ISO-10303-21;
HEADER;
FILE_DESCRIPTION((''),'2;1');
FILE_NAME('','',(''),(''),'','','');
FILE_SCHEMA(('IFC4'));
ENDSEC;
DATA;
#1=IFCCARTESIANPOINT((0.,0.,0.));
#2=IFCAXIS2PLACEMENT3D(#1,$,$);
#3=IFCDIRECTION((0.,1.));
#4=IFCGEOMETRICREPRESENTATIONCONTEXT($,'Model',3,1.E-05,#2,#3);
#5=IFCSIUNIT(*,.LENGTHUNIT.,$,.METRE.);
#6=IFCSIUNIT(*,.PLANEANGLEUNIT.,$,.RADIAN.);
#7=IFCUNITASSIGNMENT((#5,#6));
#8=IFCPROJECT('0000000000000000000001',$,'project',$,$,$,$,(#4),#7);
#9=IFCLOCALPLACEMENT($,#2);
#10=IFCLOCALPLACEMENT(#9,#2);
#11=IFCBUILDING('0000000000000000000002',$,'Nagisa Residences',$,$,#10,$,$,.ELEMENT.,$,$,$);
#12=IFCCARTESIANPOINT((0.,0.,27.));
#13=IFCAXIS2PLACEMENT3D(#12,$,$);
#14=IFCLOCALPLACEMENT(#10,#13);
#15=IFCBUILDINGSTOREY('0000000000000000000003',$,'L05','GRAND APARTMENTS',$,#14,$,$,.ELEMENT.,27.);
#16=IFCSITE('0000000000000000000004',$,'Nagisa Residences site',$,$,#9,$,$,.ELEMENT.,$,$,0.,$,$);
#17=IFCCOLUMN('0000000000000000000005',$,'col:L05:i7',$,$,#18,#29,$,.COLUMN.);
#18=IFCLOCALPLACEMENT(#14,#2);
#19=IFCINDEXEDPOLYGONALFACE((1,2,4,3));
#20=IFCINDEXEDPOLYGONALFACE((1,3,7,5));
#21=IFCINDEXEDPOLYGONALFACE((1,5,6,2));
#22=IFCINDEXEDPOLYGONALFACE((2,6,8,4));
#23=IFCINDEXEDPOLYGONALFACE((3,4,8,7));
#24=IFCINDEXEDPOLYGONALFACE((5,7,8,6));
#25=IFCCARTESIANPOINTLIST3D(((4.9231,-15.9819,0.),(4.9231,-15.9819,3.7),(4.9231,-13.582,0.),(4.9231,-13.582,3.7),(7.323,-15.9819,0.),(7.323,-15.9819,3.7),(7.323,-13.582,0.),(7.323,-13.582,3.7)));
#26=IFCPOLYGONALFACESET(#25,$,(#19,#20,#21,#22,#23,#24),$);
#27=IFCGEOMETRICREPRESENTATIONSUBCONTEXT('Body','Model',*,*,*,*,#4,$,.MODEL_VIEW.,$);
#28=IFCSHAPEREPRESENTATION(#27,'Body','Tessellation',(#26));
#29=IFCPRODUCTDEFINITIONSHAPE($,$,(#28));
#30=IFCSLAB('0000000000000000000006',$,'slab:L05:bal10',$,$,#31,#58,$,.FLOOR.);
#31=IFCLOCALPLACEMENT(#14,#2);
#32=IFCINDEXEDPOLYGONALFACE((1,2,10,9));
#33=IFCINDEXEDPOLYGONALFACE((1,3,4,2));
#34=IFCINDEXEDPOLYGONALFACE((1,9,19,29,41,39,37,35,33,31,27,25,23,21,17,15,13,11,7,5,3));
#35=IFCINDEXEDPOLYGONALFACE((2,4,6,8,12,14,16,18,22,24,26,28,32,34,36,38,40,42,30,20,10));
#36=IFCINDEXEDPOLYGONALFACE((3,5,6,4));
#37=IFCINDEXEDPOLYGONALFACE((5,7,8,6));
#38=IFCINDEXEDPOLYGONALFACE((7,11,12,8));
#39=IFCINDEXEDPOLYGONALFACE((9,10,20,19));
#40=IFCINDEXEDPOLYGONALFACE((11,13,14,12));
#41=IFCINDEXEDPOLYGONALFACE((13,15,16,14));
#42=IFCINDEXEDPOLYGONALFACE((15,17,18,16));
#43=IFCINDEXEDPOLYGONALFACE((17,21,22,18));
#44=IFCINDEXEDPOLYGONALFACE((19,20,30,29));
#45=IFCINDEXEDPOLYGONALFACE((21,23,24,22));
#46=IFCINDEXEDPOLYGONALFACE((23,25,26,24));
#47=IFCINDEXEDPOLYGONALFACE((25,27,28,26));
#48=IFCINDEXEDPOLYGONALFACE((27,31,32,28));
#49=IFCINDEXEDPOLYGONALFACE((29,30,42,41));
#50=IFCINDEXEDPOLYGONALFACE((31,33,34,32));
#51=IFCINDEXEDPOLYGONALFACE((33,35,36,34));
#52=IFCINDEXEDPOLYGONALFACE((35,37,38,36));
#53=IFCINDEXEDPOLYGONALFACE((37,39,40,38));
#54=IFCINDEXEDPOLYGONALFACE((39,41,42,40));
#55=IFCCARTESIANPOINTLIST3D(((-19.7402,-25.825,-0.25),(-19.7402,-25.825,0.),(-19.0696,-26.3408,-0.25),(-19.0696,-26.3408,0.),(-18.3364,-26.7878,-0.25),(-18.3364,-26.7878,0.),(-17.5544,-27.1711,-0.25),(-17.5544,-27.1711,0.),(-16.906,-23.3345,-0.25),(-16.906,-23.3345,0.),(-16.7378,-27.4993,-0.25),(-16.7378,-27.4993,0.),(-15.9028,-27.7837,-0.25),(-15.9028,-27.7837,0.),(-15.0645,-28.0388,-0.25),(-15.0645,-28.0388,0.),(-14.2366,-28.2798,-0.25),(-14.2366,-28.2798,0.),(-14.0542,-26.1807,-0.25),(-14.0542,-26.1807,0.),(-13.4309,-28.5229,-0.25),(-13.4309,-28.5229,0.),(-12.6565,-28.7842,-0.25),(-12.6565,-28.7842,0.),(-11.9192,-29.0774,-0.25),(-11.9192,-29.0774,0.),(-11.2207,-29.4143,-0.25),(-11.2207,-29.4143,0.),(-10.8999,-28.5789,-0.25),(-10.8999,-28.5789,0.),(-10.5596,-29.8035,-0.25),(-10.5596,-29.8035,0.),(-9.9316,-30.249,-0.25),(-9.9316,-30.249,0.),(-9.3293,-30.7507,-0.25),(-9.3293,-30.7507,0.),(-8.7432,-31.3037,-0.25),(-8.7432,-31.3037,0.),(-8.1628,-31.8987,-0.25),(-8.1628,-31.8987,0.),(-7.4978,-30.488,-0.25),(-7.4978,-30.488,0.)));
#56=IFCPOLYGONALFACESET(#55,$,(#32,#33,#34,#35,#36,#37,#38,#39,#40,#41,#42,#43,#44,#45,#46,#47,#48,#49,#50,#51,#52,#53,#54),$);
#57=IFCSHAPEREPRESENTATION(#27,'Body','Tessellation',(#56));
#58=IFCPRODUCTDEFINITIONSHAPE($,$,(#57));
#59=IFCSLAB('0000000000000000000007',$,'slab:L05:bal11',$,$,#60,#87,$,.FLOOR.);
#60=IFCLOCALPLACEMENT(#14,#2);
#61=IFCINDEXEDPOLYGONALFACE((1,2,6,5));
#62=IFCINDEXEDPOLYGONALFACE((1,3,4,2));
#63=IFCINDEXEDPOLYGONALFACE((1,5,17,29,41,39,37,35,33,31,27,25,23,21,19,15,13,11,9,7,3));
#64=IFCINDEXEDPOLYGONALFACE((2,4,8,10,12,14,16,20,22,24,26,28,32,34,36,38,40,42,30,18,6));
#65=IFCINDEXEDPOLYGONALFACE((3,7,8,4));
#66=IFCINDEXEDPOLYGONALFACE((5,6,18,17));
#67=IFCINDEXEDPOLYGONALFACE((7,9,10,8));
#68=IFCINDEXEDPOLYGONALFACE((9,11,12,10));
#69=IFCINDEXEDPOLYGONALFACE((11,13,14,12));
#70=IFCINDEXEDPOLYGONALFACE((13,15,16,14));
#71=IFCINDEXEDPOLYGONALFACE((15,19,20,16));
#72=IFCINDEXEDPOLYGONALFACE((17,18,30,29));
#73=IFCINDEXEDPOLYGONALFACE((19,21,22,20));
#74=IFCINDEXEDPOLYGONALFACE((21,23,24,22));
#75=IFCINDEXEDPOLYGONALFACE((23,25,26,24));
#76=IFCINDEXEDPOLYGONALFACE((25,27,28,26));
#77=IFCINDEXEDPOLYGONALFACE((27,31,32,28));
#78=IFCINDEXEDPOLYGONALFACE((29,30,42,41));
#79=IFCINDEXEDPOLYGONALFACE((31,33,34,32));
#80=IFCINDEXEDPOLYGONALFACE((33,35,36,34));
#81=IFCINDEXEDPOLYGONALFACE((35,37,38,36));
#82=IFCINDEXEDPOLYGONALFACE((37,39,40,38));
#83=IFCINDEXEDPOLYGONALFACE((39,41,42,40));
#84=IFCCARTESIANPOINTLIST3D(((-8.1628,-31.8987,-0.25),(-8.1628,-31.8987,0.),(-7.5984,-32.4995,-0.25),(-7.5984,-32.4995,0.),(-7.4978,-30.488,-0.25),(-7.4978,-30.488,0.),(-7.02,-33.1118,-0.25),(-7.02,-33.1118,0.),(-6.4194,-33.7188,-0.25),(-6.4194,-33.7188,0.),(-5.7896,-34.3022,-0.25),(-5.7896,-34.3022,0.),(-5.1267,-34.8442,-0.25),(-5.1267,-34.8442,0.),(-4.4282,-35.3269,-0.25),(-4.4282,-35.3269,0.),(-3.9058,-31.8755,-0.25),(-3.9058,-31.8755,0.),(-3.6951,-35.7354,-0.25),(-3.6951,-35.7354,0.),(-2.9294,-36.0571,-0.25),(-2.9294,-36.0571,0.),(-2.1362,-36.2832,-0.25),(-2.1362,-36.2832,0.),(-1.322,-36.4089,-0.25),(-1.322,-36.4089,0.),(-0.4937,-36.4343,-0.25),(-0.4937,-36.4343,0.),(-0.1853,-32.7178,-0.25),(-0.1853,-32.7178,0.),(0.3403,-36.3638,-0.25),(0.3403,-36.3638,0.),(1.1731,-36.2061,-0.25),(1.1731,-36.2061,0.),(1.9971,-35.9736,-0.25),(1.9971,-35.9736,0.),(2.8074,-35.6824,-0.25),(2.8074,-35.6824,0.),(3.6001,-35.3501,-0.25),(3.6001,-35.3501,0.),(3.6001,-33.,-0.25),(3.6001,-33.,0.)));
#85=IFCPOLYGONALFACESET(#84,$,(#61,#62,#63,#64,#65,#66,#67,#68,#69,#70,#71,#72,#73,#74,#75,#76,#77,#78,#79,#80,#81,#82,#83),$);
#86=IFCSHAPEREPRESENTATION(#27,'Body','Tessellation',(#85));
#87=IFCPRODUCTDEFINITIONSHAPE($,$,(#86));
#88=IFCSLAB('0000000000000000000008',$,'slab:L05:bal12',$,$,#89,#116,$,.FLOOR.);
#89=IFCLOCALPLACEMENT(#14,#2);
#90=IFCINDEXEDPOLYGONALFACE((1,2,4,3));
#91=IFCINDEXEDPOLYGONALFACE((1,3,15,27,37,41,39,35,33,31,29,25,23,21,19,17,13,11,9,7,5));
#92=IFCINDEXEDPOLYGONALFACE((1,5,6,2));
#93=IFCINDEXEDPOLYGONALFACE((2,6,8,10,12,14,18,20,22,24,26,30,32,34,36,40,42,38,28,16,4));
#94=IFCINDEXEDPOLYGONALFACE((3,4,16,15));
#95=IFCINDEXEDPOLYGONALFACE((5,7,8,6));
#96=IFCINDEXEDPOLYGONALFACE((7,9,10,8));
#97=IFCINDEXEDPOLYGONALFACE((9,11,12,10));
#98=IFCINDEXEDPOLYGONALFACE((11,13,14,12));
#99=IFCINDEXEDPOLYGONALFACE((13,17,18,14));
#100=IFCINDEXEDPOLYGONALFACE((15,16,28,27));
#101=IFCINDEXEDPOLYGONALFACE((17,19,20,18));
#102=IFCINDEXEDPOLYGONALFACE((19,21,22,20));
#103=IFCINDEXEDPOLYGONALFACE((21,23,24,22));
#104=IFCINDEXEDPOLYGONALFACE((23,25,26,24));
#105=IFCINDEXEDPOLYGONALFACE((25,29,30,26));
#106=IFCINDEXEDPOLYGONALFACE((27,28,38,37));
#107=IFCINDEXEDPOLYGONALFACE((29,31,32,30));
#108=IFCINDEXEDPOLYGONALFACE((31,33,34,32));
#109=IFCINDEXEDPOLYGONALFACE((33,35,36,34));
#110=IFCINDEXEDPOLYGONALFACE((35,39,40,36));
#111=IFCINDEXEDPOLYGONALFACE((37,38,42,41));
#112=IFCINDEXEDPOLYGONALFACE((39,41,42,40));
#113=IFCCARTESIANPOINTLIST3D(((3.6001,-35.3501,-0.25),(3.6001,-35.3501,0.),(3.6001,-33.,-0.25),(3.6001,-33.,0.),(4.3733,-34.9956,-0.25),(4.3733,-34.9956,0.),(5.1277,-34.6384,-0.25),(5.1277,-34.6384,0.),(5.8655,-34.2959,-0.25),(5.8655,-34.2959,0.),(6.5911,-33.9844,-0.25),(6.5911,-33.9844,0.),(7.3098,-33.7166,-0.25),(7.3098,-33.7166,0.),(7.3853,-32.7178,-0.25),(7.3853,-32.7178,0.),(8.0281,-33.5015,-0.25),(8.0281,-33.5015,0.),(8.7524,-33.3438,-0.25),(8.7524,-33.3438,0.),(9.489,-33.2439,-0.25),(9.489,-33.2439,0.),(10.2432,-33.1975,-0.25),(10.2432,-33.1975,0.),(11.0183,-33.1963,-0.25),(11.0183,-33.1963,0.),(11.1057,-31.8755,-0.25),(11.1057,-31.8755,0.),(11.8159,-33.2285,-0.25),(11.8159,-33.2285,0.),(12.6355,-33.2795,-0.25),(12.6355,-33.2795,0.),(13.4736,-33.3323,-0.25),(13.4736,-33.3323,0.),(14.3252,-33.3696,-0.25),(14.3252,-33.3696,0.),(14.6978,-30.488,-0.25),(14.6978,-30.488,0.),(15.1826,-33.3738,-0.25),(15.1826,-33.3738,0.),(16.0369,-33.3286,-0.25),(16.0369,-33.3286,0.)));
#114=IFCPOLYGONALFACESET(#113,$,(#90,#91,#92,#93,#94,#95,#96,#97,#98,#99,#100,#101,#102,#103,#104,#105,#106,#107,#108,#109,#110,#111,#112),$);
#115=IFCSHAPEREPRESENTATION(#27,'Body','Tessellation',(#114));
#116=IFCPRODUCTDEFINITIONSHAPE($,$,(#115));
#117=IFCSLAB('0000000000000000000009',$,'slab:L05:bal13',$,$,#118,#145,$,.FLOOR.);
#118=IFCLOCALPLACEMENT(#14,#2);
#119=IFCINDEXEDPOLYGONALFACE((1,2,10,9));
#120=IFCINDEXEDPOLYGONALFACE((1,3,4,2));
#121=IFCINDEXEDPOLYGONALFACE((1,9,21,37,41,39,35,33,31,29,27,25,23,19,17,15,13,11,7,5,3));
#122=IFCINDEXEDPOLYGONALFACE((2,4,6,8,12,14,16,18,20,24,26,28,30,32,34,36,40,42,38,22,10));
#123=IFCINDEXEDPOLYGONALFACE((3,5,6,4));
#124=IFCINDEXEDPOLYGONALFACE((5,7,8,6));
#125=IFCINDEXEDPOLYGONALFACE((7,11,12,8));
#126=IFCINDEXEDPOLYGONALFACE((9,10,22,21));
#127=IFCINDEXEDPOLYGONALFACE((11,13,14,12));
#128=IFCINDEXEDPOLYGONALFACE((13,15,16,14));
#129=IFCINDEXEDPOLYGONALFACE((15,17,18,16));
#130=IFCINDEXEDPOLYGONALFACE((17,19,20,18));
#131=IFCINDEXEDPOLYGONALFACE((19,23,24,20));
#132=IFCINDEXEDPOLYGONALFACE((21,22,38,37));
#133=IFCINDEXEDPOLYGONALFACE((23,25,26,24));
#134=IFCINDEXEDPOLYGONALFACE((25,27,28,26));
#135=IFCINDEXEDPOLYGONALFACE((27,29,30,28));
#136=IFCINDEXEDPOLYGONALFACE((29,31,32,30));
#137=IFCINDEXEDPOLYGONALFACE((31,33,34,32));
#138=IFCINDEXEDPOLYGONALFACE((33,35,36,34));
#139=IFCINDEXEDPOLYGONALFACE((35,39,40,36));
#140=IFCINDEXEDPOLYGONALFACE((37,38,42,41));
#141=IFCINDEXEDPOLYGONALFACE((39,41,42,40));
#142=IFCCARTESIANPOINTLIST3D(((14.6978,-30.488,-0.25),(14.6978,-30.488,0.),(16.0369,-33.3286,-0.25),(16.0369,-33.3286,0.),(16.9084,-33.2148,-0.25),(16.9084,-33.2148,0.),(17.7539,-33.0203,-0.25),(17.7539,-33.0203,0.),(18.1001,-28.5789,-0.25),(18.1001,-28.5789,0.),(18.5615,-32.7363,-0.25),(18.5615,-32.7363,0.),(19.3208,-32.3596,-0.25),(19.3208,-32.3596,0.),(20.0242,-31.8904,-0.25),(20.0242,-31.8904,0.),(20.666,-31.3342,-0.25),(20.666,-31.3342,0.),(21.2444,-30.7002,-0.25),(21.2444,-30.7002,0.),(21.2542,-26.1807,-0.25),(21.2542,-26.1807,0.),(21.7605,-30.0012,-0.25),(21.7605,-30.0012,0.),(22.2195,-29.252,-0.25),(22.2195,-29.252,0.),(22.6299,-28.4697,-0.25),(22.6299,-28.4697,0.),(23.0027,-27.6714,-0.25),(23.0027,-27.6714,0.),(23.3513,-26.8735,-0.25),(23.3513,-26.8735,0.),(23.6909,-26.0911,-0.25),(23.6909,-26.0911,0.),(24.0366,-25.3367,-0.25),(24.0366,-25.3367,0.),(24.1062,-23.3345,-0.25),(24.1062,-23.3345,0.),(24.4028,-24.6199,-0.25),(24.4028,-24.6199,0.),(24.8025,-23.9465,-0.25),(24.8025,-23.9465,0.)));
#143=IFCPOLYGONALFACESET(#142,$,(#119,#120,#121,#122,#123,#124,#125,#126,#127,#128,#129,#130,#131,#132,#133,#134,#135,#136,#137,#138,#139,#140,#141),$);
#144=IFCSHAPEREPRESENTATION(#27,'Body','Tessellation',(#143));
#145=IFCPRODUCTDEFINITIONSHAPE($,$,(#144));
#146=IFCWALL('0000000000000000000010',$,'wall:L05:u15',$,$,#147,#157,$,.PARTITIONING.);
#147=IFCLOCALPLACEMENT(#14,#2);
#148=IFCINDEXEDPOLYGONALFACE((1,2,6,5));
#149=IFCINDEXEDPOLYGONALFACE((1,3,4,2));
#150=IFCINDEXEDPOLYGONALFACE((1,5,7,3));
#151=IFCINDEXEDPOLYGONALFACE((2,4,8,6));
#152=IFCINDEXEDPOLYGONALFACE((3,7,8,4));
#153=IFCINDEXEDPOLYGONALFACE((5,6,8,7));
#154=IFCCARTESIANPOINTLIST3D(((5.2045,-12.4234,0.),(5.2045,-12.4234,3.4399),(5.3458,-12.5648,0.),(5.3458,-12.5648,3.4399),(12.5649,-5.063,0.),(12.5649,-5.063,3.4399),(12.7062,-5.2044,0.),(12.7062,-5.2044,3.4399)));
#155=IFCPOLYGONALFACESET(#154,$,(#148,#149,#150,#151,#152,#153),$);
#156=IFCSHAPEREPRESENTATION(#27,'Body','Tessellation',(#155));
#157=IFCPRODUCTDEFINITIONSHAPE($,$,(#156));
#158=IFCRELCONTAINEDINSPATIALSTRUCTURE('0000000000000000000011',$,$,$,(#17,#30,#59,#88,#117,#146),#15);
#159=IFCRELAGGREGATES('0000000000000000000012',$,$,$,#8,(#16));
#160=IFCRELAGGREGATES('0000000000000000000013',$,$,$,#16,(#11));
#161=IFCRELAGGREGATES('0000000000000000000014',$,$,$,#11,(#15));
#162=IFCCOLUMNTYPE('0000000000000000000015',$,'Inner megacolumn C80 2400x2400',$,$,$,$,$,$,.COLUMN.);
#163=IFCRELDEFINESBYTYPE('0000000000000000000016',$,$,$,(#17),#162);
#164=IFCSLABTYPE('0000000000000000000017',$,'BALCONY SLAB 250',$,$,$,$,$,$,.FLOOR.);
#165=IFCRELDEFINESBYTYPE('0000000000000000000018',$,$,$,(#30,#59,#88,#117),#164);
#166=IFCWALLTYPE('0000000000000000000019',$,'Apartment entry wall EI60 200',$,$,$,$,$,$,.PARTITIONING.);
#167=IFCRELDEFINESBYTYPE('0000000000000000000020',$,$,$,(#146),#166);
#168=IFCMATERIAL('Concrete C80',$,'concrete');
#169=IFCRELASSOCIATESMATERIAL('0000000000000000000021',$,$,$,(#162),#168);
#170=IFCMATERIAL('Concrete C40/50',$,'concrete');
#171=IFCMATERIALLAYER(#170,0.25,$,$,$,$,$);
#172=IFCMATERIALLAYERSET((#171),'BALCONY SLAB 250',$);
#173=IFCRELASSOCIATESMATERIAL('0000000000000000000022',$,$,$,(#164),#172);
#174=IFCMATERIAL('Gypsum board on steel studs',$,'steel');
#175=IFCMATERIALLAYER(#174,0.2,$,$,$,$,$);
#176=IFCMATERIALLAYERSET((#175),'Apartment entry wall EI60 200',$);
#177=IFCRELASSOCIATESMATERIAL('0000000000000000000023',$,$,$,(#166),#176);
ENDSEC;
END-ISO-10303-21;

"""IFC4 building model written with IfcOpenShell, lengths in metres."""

from ifc_helpers import new_model, si_unit, direction, frame, frame_2d, origin, origin_2d, place, context, subcontext, project, spatial, polyline, rectangle, outline, extrude, material, layer, layer_set, material_profile, profile_set, type_object, element, save


model = new_model("IFC4")

# Units and contexts
model_context = context("Model", 3, precision=1e-05, world=origin(), true_north=direction((0.0, 1.0)))
body_context = subcontext(model_context, "Body", "Model", "MODEL_VIEW")
ifc_project = project(units=[si_unit("LENGTHUNIT", "METRE"), si_unit("PLANEANGLEUNIT", "RADIAN")], contexts=[model_context])

# Site, building, storey
site_placement = place(None, origin())
site = spatial("IfcSite", under=ifc_project, at=site_placement, Name="Nagisa Residences site", CompositionType="ELEMENT", RefElevation=0.0)
building_placement = place(site_placement, origin())
building = spatial("IfcBuilding", under=site, at=building_placement, Name="Nagisa Residences", CompositionType="ELEMENT")
storey_placement = place(building_placement, frame((0.0, 0.0, 27.0)))
storey = spatial("IfcBuildingStorey", under=building, at=storey_placement, Name="L05", Description="GRAND APARTMENTS", CompositionType="ELEMENT", Elevation=27.0)

# Column
ifc_material_1 = material(Name="Concrete C80", Category="concrete")
ifc_material_profile = material_profile(ifc_material_1, rectangle(XDim=2.3999, YDim=2.3999, at=origin_2d()), Name="C80 2400x2400")
ifc_profile_set = profile_set([ifc_material_profile], Name="Concrete C80")
column_type = type_object("IfcColumnType", Name="Inner megacolumn C80 2400x2400", PredefinedType="COLUMN", material=ifc_profile_set)
column_placement = place(storey_placement, frame((6.123, -14.782, 0.0), z_axis=(0.0, 0.0, 1.0), x_axis=(1.0, 0.0, 0.0)))
element("IfcColumn", 1, at=column_placement, inside=storey, type_object=column_type, Name="col:L05:i7", PredefinedType="COLUMN", context=body_context, shape_type="SweptSolid", body=[
    extrude(rectangle(XDim=2.3999, YDim=2.3999, at=origin_2d()), origin(), (0.0, 0.0, 1.0), 3.7),
])

# Slabs
ifc_material_2 = material(Name="Concrete C40/50", Category="concrete")
ifc_layer_1 = layer(ifc_material_2, 0.25)
ifc_layer_set_1 = layer_set([ifc_layer_1], Name="BALCONY SLAB 250")
slab_type = type_object("IfcSlabType", Name="BALCONY SLAB 250", PredefinedType="FLOOR", material=ifc_layer_set_1)
slab_1_placement = place(storey_placement, frame((0.0, 0.0, -0.25)))
element("IfcSlab", 2, at=slab_1_placement, inside=storey, type_object=slab_type, Name="slab:L05:bal10", PredefinedType="FLOOR", context=body_context, shape_type="SweptSolid", body=[
    extrude(outline(polyline([(-19.7402, -25.825), (-19.0696, -26.3408), (-18.3364, -26.7878), (-17.5544, -27.1711), (-16.7378, -27.4993), (-15.9028, -27.7837), (-15.0645, -28.0388), (-14.2366, -28.2798), (-13.4309, -28.5229), (-12.6565, -28.7842), (-11.9192, -29.0774), (-11.2207, -29.4143), (-10.5596, -29.8035), (-9.9316, -30.249), (-9.3293, -30.7507), (-8.7432, -31.3037), (-8.1628, -31.8987), (-7.4978, -30.488), (-10.8999, -28.5789), (-14.0542, -26.1807), (-16.906, -23.3345), (-19.7402, -25.825)])), origin(), (0.0, 0.0, 1.0), 0.25),
])
slab_2_placement = place(storey_placement, frame((0.0, 0.0, -0.25)))
element("IfcSlab", 3, at=slab_2_placement, inside=storey, type_object=slab_type, Name="slab:L05:bal11", PredefinedType="FLOOR", context=body_context, shape_type="SweptSolid", body=[
    extrude(outline(polyline([(-8.1628, -31.8987), (-7.5984, -32.4995), (-7.02, -33.1118), (-6.4194, -33.7188), (-5.7896, -34.3022), (-5.1267, -34.8442), (-4.4282, -35.3269), (-3.6951, -35.7354), (-2.9294, -36.0571), (-2.1362, -36.2832), (-1.322, -36.4089), (-0.4937, -36.4343), (0.3403, -36.3638), (1.1731, -36.2061), (1.9971, -35.9736), (2.8074, -35.6824), (3.6001, -35.3501), (3.6001, -33.0), (-0.1853, -32.7178), (-3.9058, -31.8755), (-7.4978, -30.488), (-8.1628, -31.8987)])), origin(), (0.0, 0.0, 1.0), 0.25),
])
slab_3_placement = place(storey_placement, frame((0.0, 0.0, -0.25)))
element("IfcSlab", 4, at=slab_3_placement, inside=storey, type_object=slab_type, Name="slab:L05:bal12", PredefinedType="FLOOR", context=body_context, shape_type="SweptSolid", body=[
    extrude(outline(polyline([(3.6001, -35.3501), (4.3733, -34.9956), (5.1277, -34.6384), (5.8655, -34.2959), (6.5911, -33.9844), (7.3098, -33.7166), (8.0281, -33.5015), (8.7524, -33.3438), (9.489, -33.2439), (10.2432, -33.1975), (11.0183, -33.1963), (11.8159, -33.2285), (12.6355, -33.2795), (13.4736, -33.3323), (14.3252, -33.3696), (15.1826, -33.3738), (16.0369, -33.3286), (14.6978, -30.488), (11.1057, -31.8755), (7.3853, -32.7178), (3.6001, -33.0), (3.6001, -35.3501)])), origin(), (0.0, 0.0, 1.0), 0.25),
])
slab_4_placement = place(storey_placement, frame((0.0, 0.0, -0.25)))
element("IfcSlab", 5, at=slab_4_placement, inside=storey, type_object=slab_type, Name="slab:L05:bal13", PredefinedType="FLOOR", context=body_context, shape_type="SweptSolid", body=[
    extrude(outline(polyline([(16.0369, -33.3286), (16.9084, -33.2148), (17.7539, -33.0203), (18.5615, -32.7363), (19.3208, -32.3596), (20.0242, -31.8904), (20.666, -31.3342), (21.2444, -30.7002), (21.7605, -30.0012), (22.2195, -29.252), (22.6299, -28.4697), (23.0027, -27.6714), (23.3513, -26.8735), (23.6909, -26.0911), (24.0366, -25.3367), (24.4028, -24.6199), (24.8025, -23.9465), (24.1062, -23.3345), (21.2542, -26.1807), (18.1001, -28.5789), (14.6978, -30.488), (16.0369, -33.3286)])), origin(), (0.0, 0.0, 1.0), 0.25),
])

# Wall
ifc_material_3 = material(Name="Gypsum board on steel studs", Category="steel")
ifc_layer_2 = layer(ifc_material_3, 0.2)
ifc_layer_set_2 = layer_set([ifc_layer_2], Name="Apartment entry wall EI60 200")
wall_type_1 = type_object("IfcWallType", Name="Apartment entry wall EI60 200", PredefinedType="PARTITIONING", material=ifc_layer_set_2)
wall_1_placement = place(storey_placement, frame((5.2751, -12.4941, 0.0), z_axis=(0.0, 0.0, 1.0), x_axis=(0.707107, 0.707107, 0.0)))
element("IfcWall", 6, at=wall_1_placement, inside=storey, type_object=wall_type_1, Name="wall:L05:u15", PredefinedType="PARTITIONING", context=body_context, shape_type="SweptSolid", body=[
    extrude(rectangle(XDim=10.4092, YDim=0.2, at=frame_2d((5.2046, 0.0))), origin(), (0.0, 0.0, 1.0), 3.4399),
])

save(model, "model.ifc")
